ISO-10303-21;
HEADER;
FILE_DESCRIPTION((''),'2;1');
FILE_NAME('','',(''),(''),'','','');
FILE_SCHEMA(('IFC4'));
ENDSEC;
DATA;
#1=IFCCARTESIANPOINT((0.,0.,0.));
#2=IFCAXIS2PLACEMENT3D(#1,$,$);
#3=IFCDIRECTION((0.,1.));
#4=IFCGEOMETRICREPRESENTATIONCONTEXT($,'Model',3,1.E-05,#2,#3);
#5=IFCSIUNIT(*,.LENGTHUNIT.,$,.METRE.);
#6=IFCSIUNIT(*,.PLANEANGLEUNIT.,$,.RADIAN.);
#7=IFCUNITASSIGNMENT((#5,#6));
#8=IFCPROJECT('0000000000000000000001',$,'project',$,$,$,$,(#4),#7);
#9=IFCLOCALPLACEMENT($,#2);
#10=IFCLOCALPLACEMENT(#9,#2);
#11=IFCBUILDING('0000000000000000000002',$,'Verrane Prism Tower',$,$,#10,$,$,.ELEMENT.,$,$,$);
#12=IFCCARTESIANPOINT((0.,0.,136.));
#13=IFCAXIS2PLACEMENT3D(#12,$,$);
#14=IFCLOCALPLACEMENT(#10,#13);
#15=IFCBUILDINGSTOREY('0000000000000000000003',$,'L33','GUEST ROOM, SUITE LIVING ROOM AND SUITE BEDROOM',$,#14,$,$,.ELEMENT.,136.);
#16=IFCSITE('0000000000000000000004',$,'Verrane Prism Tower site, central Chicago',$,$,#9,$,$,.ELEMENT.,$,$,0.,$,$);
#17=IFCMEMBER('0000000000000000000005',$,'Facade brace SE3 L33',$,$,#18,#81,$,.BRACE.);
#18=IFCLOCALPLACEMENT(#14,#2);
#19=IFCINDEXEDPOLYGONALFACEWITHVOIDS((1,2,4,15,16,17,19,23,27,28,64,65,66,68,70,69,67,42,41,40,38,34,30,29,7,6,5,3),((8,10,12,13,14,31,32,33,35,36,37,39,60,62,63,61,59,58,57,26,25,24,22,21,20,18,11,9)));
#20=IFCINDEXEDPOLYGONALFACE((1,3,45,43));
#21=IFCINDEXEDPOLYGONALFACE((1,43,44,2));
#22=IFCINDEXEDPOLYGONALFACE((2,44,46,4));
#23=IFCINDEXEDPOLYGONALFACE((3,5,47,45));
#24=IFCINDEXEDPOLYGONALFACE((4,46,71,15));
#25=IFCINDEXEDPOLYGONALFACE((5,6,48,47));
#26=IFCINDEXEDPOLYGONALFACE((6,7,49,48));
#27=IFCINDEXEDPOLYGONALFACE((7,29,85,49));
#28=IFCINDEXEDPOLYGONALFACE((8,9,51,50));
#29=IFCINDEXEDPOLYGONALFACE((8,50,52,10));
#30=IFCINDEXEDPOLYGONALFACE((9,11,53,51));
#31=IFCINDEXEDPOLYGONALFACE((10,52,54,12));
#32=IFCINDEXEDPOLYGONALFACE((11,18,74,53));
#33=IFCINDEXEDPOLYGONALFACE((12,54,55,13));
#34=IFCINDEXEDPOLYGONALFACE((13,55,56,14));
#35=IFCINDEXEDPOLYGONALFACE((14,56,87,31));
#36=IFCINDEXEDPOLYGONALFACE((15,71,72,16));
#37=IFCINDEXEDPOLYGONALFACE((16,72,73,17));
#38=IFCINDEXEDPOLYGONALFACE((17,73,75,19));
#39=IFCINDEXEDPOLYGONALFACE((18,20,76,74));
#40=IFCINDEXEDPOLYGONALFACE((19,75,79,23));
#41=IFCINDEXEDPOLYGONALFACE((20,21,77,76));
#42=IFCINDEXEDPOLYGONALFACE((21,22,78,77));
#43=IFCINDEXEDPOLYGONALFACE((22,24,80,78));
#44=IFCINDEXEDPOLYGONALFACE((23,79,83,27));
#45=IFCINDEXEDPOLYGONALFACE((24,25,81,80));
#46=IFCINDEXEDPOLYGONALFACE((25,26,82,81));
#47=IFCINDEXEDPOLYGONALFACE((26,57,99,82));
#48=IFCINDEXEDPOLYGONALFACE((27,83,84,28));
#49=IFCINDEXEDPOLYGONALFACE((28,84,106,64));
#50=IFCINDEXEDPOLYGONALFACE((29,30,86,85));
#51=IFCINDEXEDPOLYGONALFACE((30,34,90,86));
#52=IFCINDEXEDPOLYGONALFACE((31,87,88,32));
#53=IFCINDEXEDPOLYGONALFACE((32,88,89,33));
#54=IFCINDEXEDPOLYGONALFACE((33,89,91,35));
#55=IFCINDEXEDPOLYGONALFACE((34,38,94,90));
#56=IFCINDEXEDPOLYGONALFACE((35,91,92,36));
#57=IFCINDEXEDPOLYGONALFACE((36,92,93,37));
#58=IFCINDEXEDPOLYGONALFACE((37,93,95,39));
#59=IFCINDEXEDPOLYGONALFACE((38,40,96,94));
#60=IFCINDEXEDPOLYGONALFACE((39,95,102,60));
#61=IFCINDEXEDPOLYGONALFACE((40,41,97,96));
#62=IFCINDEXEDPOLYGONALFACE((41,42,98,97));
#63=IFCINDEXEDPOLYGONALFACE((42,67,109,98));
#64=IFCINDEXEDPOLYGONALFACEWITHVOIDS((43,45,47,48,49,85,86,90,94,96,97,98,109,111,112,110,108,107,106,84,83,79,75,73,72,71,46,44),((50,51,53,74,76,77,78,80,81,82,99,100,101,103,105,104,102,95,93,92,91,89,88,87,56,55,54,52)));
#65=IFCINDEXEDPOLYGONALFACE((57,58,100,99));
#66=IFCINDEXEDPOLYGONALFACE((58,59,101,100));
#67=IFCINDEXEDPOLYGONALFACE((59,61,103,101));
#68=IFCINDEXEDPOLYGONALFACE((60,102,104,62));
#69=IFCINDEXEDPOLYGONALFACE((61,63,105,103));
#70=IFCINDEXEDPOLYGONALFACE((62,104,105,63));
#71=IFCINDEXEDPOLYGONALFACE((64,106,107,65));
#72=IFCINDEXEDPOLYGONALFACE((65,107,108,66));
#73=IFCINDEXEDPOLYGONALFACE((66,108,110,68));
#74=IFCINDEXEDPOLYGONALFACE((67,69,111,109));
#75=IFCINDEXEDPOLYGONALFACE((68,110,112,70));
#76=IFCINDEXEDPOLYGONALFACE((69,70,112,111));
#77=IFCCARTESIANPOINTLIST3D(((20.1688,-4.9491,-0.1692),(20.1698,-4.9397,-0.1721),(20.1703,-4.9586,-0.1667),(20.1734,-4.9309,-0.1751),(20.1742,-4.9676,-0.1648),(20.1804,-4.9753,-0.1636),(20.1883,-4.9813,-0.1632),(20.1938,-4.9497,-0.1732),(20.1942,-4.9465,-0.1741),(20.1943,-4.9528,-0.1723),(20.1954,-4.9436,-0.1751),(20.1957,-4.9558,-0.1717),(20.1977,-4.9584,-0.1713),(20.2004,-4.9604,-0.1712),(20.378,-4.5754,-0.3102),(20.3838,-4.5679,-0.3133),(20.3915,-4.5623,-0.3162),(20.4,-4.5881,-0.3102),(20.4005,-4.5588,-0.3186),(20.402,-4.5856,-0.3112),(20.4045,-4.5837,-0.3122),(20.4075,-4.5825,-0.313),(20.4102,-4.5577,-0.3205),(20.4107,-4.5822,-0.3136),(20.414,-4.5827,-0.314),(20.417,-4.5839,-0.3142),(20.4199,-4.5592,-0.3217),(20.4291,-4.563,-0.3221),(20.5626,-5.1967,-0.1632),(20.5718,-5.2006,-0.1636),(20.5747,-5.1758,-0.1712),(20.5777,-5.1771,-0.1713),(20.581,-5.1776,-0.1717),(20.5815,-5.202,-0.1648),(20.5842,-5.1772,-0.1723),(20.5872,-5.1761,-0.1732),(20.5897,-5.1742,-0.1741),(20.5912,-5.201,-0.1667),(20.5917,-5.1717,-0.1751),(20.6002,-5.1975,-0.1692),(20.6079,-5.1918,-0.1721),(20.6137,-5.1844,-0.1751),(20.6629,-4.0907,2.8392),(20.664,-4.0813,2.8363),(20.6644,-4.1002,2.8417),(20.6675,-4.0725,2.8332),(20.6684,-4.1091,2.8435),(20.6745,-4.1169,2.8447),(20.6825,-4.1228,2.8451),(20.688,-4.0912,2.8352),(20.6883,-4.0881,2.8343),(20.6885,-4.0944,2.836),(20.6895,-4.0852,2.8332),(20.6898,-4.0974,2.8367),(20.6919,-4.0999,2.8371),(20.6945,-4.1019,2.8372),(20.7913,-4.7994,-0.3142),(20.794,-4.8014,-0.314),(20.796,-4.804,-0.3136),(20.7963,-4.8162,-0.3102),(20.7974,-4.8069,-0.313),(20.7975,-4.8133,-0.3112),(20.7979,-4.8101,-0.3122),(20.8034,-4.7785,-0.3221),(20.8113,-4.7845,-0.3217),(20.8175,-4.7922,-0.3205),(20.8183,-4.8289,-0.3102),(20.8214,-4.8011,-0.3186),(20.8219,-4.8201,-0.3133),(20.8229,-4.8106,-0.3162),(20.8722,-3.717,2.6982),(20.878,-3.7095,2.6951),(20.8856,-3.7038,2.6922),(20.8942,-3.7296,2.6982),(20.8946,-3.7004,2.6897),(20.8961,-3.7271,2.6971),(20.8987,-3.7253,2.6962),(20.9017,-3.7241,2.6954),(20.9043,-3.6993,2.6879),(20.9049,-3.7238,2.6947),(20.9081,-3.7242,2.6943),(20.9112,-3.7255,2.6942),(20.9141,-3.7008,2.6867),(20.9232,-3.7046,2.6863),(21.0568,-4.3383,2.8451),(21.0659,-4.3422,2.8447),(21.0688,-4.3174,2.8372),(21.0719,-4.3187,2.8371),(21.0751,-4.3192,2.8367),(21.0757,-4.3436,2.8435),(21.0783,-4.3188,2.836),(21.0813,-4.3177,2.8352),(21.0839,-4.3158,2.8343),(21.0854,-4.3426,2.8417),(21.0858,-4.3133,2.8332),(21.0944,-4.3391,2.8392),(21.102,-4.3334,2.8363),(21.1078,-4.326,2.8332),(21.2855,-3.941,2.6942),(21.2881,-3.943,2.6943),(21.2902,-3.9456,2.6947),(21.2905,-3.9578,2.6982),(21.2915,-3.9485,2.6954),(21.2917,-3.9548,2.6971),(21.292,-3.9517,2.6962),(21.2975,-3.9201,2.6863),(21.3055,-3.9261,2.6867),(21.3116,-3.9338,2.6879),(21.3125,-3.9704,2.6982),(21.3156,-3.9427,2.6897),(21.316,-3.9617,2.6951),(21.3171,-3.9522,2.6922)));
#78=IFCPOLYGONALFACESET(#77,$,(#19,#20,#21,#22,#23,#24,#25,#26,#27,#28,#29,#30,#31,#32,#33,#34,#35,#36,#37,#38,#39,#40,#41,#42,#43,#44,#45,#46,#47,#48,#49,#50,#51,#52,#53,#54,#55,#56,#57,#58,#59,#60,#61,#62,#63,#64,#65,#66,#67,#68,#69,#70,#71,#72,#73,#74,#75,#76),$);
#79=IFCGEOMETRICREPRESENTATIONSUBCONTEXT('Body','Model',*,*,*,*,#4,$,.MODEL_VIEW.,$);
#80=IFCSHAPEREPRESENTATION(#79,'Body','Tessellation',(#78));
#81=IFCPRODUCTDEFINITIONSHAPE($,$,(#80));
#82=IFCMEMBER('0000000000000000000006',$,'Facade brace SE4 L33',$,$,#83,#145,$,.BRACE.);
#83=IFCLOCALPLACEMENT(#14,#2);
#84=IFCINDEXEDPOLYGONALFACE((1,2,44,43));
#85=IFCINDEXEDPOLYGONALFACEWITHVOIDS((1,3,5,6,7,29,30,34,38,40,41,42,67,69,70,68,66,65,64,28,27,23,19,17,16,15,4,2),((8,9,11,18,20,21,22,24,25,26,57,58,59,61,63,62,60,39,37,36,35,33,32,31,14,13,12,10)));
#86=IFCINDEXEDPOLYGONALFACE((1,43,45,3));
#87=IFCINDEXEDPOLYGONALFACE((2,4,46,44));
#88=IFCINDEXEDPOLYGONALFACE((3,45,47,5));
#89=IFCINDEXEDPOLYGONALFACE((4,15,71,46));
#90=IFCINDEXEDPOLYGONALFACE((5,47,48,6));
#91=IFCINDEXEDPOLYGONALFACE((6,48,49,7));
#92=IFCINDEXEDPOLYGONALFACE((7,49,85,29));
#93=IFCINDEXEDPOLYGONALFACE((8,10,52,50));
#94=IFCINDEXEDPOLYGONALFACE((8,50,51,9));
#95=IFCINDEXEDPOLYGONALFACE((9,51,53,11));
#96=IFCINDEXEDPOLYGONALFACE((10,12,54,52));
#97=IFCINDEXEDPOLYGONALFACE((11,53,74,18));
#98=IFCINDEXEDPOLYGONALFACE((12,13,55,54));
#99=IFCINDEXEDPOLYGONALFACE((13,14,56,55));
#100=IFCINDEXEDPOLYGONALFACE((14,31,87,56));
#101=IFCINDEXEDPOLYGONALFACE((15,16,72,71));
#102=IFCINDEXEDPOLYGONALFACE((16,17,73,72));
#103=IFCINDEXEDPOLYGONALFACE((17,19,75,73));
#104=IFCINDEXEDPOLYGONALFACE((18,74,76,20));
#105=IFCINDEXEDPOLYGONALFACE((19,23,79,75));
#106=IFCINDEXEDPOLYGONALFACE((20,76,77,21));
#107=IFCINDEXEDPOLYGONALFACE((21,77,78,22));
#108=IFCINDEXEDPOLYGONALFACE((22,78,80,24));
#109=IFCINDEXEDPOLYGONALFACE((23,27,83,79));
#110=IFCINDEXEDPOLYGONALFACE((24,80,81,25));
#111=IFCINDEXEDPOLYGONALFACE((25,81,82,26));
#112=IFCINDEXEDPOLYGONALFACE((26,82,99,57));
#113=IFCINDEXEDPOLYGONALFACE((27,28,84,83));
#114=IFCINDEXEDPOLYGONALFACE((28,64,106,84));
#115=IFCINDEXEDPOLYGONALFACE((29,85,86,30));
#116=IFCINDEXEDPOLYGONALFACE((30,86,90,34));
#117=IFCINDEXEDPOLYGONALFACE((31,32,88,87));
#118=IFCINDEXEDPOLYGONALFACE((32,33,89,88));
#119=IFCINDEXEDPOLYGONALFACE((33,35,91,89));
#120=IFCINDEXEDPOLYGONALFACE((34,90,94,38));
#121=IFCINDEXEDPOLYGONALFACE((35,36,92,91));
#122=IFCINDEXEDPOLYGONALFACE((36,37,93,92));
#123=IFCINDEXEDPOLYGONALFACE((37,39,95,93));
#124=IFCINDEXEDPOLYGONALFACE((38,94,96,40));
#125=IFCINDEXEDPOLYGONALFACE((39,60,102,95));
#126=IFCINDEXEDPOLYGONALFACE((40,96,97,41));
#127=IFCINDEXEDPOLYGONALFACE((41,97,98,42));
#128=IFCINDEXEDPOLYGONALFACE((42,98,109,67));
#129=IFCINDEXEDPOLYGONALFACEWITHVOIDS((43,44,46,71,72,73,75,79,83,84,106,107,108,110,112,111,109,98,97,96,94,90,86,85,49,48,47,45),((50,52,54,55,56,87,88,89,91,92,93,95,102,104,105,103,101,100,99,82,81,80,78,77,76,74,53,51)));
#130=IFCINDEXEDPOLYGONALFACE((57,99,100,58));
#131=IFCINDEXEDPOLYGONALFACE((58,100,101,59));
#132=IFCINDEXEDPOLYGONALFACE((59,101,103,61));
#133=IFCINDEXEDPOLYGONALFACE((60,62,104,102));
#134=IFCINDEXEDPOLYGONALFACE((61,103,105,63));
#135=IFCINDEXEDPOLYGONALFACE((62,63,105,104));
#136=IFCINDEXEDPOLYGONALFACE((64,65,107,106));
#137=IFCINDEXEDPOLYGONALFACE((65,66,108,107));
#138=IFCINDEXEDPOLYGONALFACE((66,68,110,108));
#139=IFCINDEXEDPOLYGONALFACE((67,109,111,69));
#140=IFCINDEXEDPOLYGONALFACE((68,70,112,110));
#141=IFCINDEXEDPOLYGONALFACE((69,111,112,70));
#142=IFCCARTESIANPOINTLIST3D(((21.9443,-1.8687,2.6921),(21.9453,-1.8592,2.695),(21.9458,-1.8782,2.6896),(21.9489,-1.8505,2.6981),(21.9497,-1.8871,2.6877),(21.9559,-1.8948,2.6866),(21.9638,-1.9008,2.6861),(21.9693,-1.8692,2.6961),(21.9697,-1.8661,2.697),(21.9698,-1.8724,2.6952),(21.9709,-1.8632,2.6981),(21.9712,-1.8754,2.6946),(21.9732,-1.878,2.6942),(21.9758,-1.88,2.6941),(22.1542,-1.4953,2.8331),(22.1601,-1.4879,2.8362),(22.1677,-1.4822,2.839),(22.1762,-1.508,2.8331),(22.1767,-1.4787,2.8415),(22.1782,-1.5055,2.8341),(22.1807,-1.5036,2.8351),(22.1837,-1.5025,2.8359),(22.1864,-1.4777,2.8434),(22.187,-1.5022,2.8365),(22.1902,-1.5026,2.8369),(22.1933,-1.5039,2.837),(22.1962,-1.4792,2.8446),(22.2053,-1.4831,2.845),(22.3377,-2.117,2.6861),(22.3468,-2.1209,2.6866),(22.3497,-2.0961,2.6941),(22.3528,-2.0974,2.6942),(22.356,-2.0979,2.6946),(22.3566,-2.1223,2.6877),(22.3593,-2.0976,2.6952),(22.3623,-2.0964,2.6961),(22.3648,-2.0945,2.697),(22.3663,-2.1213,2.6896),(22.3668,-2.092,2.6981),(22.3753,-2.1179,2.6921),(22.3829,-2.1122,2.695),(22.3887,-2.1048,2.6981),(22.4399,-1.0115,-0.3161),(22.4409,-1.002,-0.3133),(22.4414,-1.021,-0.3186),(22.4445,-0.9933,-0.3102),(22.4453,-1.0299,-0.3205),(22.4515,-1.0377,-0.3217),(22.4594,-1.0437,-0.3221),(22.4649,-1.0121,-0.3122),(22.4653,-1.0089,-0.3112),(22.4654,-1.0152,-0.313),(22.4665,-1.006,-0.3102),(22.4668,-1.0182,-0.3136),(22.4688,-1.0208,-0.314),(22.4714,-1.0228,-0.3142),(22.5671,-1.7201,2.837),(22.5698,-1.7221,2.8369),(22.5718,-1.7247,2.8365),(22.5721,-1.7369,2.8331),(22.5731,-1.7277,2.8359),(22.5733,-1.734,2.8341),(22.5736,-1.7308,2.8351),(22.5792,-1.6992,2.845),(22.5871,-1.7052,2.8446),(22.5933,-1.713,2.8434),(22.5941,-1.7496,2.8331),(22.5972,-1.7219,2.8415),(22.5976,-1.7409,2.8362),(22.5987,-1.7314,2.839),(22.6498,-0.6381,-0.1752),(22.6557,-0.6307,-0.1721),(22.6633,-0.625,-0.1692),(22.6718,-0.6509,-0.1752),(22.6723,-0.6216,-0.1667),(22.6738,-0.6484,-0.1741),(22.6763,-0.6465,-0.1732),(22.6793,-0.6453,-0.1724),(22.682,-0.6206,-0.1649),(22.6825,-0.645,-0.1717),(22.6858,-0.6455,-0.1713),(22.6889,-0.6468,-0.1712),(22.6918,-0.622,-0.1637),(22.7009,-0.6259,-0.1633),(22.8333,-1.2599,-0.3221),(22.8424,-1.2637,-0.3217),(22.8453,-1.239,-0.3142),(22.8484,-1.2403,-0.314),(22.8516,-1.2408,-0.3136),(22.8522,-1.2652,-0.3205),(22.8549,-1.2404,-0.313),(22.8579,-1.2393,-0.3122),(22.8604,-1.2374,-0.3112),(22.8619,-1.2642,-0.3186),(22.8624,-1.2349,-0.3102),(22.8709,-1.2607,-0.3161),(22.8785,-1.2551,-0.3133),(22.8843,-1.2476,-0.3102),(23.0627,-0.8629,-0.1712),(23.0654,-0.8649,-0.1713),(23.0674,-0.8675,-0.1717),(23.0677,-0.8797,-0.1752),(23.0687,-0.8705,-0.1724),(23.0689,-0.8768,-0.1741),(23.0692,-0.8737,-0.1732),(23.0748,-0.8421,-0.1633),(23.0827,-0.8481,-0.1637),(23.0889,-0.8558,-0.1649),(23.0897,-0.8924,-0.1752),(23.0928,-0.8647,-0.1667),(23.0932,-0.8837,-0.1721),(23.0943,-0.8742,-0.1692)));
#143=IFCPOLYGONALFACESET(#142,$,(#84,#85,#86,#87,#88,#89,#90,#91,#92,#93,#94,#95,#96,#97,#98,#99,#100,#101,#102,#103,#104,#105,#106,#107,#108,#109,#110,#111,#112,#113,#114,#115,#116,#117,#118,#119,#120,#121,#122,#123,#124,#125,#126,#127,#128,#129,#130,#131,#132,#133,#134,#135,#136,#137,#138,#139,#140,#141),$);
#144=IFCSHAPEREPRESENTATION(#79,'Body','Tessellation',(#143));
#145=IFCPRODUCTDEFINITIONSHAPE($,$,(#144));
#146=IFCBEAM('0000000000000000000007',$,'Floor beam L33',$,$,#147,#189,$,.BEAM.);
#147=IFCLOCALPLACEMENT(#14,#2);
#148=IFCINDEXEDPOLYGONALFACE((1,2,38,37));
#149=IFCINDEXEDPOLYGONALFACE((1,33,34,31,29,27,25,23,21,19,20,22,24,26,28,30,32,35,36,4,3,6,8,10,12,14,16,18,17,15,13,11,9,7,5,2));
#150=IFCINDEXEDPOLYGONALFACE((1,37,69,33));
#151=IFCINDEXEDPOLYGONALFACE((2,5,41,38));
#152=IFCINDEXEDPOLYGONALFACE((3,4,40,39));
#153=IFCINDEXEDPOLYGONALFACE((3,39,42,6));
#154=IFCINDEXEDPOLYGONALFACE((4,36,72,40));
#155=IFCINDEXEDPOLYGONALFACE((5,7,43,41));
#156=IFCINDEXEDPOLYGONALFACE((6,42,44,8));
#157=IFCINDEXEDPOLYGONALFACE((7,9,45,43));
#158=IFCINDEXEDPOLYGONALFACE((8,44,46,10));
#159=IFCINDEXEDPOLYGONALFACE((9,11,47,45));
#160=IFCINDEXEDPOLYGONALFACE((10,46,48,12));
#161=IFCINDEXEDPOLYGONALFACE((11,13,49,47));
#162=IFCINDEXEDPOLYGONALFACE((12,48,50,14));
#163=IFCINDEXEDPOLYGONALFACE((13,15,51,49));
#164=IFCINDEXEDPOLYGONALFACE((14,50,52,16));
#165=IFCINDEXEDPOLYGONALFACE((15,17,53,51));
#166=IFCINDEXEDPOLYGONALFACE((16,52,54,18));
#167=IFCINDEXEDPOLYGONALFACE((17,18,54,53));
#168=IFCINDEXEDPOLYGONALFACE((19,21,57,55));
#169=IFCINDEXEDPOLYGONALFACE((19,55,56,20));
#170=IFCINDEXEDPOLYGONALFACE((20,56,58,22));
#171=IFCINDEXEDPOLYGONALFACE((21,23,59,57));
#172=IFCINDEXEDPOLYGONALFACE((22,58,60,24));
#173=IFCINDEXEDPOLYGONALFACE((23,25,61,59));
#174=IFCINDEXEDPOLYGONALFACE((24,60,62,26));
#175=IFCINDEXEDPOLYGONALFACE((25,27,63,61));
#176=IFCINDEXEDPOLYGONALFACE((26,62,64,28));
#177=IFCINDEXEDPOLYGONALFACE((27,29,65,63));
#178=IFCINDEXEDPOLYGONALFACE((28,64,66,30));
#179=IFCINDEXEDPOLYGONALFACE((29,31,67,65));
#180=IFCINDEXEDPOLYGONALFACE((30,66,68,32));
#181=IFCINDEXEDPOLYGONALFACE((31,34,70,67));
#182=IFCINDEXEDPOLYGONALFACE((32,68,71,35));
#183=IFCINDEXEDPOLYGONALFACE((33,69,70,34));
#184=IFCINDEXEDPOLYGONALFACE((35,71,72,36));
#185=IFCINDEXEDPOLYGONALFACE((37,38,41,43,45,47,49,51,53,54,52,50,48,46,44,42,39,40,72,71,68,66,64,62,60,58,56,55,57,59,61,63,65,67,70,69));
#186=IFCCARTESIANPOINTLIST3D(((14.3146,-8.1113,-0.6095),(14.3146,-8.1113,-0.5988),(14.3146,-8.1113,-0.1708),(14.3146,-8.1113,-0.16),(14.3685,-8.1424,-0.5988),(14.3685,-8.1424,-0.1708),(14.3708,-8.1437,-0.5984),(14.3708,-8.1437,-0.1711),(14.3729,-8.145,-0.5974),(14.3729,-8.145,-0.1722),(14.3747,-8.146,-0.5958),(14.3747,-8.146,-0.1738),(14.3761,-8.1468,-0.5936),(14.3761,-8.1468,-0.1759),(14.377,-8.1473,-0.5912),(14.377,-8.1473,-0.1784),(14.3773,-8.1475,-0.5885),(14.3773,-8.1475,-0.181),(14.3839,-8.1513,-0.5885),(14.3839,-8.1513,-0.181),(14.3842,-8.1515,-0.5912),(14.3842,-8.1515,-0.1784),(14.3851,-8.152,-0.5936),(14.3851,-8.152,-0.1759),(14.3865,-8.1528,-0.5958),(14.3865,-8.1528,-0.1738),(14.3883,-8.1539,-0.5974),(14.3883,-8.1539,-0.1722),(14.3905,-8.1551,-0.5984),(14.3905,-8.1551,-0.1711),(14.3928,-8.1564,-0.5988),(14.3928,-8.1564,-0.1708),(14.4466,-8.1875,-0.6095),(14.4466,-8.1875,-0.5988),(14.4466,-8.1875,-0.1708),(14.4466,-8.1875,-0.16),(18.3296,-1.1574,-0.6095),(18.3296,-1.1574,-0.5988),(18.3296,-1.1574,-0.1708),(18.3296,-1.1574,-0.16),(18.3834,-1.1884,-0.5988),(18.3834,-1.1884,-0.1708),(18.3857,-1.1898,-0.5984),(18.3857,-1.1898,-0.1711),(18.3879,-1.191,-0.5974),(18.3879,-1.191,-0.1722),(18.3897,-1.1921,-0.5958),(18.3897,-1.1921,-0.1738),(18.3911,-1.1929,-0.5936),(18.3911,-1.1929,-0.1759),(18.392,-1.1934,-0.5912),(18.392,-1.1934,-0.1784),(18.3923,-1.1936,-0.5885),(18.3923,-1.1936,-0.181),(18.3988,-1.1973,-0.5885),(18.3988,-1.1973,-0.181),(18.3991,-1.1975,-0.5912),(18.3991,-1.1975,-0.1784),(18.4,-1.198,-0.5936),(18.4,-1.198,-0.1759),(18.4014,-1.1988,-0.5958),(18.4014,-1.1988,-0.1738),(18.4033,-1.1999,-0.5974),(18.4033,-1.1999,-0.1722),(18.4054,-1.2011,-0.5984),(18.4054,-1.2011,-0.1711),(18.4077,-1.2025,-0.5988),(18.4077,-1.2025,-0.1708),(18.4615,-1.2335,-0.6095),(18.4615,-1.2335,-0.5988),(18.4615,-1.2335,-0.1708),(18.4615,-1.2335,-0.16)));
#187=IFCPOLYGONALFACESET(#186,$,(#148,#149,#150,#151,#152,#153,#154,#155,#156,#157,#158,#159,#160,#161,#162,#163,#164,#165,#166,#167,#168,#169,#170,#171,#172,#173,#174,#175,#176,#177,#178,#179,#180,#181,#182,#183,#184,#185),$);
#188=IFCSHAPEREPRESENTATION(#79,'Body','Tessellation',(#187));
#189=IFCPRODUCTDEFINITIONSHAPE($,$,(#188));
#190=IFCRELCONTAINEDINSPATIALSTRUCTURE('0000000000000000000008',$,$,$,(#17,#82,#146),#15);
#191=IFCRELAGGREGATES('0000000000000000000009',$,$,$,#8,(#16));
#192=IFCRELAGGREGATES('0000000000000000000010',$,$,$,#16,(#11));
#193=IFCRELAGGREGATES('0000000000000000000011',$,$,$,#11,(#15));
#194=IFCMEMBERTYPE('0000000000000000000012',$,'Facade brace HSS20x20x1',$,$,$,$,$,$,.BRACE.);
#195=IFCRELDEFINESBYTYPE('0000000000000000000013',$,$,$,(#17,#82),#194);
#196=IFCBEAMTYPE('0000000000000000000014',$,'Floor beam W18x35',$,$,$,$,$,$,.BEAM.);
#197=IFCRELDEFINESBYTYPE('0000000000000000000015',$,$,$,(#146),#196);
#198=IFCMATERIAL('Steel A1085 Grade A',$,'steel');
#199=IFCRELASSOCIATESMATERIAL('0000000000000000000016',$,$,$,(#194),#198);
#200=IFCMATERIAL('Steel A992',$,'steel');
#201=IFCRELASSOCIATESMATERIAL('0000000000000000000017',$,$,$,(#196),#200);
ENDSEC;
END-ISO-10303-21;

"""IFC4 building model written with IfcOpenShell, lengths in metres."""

from ifc_helpers import new_model, si_unit, direction, frame, origin, origin_2d, place, context, subcontext, project, spatial, hollow_rectangle, i_section, extrude, material, material_profile, profile_set, type_object, element, save


model = new_model("IFC4")

# Units and contexts
model_context = context("Model", 3, precision=1e-05, world=origin(), true_north=direction((0.0, 1.0)))
body_context = subcontext(model_context, "Body", "Model", "MODEL_VIEW")
ifc_project = project(units=[si_unit("LENGTHUNIT", "METRE"), si_unit("PLANEANGLEUNIT", "RADIAN")], contexts=[model_context])

# Site, building, storey
site_placement = place(None, origin())
site = spatial("IfcSite", under=ifc_project, at=site_placement, Name="Verrane Prism Tower site, central Chicago", CompositionType="ELEMENT", RefElevation=0.0)
building_placement = place(site_placement, origin())
building = spatial("IfcBuilding", under=site, at=building_placement, Name="Verrane Prism Tower", CompositionType="ELEMENT")
storey_placement = place(building_placement, frame((0.0, 0.0, 136.0)))
storey = spatial("IfcBuildingStorey", under=building, at=storey_placement, Name="L33", Description="GUEST ROOM, SUITE LIVING ROOM AND SUITE BEDROOM", CompositionType="ELEMENT", Elevation=136.0)

# Members
ifc_material_1 = material(Name="Steel A1085 Grade A", Category="steel")
ifc_material_profile_1 = material_profile(ifc_material_1, hollow_rectangle(XDim=0.5081, YDim=0.5081, WallThickness=0.0254, InnerFilletRadius=0.0127, OuterFilletRadius=0.0381, at=origin_2d()), Name="HSS20x20x1")
ifc_profile_set_1 = profile_set([ifc_material_profile_1], Name="Steel A1085 Grade A")
member_type_1 = type_object("IfcMemberType", Name="Facade brace HSS20x20x1", PredefinedType="BRACE", material=ifc_profile_set_1)
member_1_placement = place(storey_placement, frame((20.4958, -4.8799, -0.2427), z_axis=(0.15602, 0.271031, 0.949842), x_axis=(-0.866661, 0.498897, 0.0)))
element("IfcMember", 1, at=member_1_placement, inside=storey, type_object=member_type_1, Name="Facade brace SE3 L33", PredefinedType="BRACE", context=body_context, shape_type="SweptSolid", body=[
    extrude(hollow_rectangle(XDim=0.5081, YDim=0.5081, WallThickness=0.0254, InnerFilletRadius=0.0127, OuterFilletRadius=0.0381, at=origin_2d()), origin(), (0.0, 0.0, 1.0), 3.1672),
])
member_2_placement = place(storey_placement, frame((22.7671, -0.9429, -0.2427), z_axis=(-0.156488, -0.270654, 0.949873), x_axis=(0.865713, -0.50054, 0.0)))
element("IfcMember", 2, at=member_2_placement, inside=storey, type_object=member_type_1, Name="Facade brace SE4 L33", PredefinedType="BRACE", context=body_context, shape_type="SweptSolid", body=[
    extrude(hollow_rectangle(XDim=0.5081, YDim=0.5081, WallThickness=0.0254, InnerFilletRadius=0.0127, OuterFilletRadius=0.0381, at=origin_2d()), origin(), (0.0, 0.0, 1.0), 3.167),
])

# Beam
ifc_material_2 = material(Name="Steel A992", Category="steel")
ifc_material_profile_2 = material_profile(ifc_material_2, i_section(OverallWidth=0.1523, OverallDepth=0.4495, WebThickness=0.0076, FlangeThickness=0.0107, FilletRadius=0.0103, at=origin_2d()), Name="W18x35")
ifc_profile_set_2 = profile_set([ifc_material_profile_2], Name="Steel A992")
beam_type_1 = type_object("IfcBeamType", Name="Floor beam W18x35", PredefinedType="BEAM", material=ifc_profile_set_2)
for number, where, z_axis, x_axis, name in (
    (3, (14.3806, -8.1494, -0.3848), (0.500008, 0.866021, 0.0), (-0.866021, 0.500008, 0.0), "Floor beam L33"),
):
    element("IfcBeam", number, at=place(storey_placement, frame(where, z_axis=z_axis, x_axis=x_axis)), inside=storey, type_object=beam_type_1, Name=name, PredefinedType="BEAM", context=body_context, shape_type="SweptSolid", body=[
        extrude(i_section(OverallWidth=0.1523, OverallDepth=0.4495, WebThickness=0.0076, FlangeThickness=0.0107, FilletRadius=0.0103, at=origin_2d()), origin(), (0.0, 0.0, 1.0), 8.0298),
    ])

save(model, "model.ifc")
